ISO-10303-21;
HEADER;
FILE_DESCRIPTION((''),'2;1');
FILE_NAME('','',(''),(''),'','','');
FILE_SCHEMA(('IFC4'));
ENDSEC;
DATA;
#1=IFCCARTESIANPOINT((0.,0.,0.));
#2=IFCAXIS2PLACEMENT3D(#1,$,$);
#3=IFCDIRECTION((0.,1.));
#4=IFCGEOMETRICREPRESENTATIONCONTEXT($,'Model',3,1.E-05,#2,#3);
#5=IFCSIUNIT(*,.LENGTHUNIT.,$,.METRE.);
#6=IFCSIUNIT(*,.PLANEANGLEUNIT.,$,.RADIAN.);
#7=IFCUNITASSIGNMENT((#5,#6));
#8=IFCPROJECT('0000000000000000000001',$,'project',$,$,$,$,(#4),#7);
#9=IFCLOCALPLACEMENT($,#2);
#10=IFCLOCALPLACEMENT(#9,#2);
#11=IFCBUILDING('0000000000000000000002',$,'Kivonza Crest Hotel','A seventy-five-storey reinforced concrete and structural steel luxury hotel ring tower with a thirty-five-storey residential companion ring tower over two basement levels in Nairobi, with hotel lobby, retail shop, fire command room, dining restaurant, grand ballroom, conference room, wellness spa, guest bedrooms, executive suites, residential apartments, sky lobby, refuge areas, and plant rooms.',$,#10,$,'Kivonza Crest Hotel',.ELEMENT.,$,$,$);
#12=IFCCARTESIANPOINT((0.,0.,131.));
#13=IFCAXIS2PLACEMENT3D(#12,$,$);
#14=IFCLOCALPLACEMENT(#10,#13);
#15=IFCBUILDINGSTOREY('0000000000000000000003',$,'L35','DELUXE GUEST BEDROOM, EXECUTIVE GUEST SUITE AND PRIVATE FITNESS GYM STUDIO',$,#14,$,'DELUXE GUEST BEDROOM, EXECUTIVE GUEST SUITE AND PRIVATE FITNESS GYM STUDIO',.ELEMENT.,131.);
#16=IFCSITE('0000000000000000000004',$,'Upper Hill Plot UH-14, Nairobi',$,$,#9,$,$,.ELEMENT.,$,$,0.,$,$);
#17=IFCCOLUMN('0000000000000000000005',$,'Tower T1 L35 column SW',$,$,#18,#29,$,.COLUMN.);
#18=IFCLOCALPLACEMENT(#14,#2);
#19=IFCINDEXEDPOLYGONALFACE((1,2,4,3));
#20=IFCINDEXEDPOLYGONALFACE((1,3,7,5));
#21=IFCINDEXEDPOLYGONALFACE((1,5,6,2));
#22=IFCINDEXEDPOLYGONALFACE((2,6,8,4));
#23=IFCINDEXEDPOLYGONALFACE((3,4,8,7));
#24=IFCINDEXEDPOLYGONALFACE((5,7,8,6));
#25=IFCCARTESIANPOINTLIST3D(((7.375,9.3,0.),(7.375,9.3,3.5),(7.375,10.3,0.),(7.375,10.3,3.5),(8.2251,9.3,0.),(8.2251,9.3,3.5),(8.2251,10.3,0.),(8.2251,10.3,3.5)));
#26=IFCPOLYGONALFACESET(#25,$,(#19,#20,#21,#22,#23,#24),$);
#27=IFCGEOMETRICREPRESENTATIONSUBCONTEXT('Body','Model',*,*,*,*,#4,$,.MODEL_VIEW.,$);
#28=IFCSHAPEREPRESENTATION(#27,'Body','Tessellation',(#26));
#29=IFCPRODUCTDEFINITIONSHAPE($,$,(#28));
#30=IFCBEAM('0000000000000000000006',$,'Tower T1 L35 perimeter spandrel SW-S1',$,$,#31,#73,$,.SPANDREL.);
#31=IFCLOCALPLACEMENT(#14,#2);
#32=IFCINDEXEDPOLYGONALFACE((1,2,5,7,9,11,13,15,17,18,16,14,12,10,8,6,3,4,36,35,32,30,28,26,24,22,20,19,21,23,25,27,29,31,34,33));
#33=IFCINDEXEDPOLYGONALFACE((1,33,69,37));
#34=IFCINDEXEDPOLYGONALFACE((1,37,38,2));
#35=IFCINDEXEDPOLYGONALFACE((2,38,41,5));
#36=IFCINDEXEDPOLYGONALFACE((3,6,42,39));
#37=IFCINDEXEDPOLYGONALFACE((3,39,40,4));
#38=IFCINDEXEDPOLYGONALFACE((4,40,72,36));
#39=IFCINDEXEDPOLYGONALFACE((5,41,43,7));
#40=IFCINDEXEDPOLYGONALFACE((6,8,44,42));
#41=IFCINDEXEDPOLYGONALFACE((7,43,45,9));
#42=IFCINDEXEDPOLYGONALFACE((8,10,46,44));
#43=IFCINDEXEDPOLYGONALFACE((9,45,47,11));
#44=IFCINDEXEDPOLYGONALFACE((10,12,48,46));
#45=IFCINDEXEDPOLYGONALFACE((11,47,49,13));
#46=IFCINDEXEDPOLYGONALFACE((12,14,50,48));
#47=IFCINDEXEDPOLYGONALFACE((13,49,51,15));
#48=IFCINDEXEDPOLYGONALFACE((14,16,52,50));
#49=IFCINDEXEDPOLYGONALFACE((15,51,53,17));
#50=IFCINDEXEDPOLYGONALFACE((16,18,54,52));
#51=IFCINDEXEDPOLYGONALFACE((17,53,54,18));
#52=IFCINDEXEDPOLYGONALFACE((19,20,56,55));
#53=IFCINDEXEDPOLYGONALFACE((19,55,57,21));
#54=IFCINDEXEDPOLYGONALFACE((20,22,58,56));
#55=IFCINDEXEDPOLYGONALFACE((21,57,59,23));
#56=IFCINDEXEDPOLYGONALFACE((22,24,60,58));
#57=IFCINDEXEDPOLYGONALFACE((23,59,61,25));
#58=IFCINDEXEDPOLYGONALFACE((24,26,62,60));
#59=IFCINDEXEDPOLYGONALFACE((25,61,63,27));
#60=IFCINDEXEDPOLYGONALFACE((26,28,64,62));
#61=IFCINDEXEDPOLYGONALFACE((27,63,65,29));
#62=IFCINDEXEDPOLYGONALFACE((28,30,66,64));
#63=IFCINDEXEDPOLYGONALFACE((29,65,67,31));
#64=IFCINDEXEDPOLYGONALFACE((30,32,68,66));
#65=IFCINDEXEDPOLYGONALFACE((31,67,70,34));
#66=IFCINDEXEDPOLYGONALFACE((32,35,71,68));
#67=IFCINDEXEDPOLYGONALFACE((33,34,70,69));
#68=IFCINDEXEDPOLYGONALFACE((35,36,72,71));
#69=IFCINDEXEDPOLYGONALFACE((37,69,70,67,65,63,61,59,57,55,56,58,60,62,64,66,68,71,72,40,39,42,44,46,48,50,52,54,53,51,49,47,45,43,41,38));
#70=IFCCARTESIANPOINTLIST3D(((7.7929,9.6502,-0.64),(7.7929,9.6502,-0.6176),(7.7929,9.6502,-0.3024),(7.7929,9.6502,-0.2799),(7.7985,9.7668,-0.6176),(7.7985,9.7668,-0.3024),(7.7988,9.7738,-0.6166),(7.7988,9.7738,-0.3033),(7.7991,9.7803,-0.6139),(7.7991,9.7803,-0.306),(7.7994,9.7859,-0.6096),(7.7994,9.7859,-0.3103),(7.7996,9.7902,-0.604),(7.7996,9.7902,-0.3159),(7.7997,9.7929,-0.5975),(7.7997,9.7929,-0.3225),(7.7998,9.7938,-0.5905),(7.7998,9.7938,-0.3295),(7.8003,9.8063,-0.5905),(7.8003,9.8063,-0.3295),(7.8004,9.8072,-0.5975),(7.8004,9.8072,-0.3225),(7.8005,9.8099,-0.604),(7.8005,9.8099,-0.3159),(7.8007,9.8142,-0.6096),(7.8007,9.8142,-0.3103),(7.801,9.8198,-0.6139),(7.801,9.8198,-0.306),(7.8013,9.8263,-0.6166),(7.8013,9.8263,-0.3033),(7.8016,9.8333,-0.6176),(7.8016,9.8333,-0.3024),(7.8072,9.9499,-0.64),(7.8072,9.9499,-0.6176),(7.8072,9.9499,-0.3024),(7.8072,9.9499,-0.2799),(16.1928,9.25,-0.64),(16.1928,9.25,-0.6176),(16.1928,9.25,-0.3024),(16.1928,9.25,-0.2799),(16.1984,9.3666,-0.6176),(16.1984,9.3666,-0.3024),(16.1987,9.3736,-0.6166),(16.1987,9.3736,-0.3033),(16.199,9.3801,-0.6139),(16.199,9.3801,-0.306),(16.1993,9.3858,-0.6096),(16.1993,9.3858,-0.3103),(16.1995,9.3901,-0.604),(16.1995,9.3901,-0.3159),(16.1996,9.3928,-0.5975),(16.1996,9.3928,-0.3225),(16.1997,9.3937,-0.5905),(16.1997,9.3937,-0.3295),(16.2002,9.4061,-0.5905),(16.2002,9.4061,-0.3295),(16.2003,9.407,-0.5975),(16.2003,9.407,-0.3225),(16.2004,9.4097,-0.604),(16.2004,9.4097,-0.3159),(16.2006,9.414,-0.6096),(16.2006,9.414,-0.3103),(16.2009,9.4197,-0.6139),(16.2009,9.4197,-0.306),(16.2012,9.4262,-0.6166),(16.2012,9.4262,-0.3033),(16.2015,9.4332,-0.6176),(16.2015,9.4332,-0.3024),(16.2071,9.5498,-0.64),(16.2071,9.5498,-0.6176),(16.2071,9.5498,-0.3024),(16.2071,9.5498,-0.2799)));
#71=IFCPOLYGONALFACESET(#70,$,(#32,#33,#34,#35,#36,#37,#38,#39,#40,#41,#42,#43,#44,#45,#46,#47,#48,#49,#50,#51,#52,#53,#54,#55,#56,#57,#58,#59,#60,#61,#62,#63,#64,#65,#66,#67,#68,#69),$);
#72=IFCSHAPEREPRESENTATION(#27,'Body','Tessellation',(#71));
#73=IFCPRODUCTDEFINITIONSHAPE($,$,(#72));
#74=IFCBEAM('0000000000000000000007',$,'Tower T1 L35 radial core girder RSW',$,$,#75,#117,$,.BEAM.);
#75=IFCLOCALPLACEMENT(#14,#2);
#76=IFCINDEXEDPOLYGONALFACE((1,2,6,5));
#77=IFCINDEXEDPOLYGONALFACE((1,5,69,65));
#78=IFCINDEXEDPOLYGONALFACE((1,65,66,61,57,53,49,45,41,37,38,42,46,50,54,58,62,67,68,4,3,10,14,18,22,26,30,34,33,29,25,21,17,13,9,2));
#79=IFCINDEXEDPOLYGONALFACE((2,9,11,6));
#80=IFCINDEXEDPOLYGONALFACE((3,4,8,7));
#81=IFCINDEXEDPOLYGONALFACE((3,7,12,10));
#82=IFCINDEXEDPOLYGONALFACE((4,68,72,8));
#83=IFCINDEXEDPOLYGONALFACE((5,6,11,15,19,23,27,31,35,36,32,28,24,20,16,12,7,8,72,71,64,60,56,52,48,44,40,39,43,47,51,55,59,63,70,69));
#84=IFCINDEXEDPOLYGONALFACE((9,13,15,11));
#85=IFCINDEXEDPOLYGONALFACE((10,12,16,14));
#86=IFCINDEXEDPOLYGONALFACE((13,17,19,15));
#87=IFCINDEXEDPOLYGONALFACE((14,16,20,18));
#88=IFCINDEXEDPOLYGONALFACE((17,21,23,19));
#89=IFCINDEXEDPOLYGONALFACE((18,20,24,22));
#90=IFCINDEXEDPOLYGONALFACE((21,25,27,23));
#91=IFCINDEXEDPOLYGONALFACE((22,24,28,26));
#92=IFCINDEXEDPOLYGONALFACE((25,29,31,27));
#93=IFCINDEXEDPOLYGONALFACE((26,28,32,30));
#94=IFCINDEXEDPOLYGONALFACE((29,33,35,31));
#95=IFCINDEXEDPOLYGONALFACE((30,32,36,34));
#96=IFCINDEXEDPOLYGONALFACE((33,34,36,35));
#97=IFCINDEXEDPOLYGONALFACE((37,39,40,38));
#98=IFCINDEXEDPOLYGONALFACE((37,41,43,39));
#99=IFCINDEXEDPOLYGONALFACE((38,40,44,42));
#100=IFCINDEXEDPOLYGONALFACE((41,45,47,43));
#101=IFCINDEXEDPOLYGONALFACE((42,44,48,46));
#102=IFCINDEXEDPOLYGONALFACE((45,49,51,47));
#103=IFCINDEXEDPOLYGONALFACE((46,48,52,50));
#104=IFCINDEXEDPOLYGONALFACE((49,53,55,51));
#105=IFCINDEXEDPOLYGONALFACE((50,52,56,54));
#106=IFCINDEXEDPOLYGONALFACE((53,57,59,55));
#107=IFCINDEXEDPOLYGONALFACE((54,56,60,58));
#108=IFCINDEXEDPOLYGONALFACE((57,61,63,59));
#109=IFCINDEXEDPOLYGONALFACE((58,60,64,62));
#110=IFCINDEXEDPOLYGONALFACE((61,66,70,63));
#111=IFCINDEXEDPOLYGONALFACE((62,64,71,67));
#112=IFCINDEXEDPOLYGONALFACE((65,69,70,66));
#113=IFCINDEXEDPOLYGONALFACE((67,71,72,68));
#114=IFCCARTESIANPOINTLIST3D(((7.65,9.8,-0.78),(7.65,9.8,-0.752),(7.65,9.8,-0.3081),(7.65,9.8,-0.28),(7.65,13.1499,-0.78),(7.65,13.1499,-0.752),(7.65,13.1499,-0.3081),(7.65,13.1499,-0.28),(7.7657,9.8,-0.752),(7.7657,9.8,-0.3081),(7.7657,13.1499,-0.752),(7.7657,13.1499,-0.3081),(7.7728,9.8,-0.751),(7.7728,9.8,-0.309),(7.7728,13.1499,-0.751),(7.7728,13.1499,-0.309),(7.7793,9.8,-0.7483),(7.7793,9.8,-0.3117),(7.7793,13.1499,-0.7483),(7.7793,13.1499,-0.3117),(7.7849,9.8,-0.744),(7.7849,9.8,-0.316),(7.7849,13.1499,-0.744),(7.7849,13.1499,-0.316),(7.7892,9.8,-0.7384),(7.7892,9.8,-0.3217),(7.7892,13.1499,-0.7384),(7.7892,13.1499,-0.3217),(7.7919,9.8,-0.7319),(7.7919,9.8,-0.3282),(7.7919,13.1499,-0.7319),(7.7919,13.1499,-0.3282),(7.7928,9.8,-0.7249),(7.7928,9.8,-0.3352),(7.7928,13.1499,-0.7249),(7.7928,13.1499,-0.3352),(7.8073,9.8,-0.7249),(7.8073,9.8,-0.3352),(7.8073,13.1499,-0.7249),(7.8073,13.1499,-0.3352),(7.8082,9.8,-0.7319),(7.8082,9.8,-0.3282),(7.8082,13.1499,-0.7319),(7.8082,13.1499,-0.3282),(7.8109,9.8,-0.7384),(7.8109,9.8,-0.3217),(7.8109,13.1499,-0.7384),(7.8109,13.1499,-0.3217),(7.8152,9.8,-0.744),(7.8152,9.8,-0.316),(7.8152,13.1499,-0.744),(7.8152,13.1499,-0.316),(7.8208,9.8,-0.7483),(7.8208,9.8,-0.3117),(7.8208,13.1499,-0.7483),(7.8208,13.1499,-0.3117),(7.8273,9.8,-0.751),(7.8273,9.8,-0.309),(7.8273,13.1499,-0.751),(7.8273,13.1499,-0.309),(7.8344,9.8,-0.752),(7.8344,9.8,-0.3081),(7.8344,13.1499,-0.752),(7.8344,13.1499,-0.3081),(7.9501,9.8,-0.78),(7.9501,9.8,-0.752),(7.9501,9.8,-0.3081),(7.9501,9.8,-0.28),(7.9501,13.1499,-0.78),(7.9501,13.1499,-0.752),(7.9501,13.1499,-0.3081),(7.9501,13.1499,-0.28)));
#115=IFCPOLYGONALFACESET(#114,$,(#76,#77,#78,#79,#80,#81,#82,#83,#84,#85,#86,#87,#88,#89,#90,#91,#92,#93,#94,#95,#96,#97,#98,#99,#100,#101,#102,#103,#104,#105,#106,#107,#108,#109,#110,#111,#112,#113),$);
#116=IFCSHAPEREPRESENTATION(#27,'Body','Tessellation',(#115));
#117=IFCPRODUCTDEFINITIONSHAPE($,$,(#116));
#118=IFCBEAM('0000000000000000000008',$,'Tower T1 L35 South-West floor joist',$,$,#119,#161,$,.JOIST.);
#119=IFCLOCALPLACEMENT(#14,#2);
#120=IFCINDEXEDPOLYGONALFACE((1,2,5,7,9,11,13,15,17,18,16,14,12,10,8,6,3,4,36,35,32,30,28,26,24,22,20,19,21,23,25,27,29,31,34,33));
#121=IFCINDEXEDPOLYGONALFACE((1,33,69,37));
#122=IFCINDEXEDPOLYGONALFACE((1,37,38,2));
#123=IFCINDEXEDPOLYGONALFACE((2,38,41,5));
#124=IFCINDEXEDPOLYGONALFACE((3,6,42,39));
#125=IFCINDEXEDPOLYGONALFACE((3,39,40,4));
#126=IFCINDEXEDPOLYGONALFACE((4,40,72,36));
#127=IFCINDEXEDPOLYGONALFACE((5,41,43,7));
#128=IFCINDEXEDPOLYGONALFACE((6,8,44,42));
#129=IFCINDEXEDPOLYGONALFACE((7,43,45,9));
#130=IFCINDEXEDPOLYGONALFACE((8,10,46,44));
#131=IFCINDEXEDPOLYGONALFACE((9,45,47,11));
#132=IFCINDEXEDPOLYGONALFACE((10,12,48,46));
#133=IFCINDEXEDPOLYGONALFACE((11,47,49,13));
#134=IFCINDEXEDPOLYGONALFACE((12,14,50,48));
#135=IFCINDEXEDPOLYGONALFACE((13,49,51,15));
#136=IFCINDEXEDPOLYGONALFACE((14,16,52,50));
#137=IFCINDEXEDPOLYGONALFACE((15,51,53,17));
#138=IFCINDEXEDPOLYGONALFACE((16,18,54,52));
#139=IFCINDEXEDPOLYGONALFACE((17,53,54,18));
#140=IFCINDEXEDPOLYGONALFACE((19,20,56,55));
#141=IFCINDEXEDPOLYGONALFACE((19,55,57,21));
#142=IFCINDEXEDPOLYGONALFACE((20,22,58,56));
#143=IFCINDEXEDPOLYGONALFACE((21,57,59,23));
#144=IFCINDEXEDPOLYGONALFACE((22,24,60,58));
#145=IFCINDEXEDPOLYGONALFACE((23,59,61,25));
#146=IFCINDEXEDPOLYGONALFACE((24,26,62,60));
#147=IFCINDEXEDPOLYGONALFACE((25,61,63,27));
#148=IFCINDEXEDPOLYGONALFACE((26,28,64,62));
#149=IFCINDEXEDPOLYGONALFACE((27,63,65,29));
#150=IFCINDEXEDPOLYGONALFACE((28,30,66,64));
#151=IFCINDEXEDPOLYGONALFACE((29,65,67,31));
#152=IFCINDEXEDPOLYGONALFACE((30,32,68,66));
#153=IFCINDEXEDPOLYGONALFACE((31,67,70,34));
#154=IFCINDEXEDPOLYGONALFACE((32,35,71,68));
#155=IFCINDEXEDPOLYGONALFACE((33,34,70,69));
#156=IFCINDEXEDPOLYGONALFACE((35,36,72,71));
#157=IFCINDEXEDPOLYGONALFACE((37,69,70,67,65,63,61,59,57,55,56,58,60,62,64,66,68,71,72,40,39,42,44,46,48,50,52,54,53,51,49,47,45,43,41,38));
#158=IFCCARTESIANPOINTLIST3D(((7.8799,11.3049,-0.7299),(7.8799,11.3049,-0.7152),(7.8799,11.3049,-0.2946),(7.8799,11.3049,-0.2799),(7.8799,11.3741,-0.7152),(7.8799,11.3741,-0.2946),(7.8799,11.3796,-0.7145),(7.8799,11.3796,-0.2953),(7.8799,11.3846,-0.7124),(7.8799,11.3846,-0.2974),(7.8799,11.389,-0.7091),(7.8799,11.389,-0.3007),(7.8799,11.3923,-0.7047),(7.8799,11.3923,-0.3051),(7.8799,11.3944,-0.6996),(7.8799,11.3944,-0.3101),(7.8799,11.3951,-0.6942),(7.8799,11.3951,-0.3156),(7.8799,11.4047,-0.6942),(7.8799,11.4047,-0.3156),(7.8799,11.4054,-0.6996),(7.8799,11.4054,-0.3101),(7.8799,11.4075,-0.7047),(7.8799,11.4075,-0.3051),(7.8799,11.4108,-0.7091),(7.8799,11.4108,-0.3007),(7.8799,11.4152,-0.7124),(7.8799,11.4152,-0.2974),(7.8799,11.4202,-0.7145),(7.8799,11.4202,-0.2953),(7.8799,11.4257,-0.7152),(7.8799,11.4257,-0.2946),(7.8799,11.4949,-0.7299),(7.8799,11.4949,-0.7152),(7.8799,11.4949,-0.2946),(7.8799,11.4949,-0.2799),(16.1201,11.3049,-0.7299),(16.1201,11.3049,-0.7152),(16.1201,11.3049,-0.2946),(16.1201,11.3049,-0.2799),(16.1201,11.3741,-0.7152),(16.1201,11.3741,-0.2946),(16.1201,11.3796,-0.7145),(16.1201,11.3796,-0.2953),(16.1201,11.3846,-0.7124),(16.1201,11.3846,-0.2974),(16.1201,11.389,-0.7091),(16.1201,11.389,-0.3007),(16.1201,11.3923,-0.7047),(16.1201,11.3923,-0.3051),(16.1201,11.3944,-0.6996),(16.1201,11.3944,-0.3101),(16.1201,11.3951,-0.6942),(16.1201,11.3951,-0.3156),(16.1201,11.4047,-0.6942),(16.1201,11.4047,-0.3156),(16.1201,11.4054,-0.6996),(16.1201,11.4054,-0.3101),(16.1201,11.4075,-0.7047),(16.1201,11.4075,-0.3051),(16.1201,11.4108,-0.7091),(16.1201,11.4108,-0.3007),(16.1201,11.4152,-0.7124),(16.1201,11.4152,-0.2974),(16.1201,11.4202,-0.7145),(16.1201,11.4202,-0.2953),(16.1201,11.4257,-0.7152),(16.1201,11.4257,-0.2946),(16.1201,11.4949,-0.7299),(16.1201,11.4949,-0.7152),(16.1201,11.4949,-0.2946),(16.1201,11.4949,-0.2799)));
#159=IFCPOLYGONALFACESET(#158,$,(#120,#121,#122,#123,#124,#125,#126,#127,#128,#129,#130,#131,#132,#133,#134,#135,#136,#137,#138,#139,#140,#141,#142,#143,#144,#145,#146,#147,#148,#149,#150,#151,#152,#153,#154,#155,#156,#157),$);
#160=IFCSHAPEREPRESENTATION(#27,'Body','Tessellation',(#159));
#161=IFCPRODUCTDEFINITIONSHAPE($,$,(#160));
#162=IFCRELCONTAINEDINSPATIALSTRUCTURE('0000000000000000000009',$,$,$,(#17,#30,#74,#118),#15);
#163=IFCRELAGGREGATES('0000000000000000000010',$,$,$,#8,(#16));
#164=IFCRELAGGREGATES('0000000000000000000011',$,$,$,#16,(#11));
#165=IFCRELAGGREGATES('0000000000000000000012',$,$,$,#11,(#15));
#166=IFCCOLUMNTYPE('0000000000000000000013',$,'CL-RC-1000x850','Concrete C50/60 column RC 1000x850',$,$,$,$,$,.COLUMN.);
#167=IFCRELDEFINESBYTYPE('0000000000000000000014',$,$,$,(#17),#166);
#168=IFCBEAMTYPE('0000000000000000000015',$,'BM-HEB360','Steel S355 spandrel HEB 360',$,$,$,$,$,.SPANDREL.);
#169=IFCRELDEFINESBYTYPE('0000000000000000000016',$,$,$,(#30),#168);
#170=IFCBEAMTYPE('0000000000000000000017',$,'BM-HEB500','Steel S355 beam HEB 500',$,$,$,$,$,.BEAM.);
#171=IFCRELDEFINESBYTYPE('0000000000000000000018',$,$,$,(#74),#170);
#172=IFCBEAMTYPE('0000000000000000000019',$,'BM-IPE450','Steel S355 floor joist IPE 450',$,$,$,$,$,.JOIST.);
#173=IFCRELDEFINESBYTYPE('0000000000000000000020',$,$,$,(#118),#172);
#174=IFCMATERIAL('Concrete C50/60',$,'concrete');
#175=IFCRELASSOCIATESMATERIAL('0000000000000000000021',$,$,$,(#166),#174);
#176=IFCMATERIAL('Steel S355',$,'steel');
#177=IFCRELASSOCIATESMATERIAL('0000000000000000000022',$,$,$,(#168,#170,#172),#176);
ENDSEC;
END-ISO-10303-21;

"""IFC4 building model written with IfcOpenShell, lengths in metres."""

from ifc_helpers import new_model, si_unit, direction, frame, origin, origin_2d, place, context, subcontext, project, spatial, rectangle, i_section, extrude, material, material_profile, profile_set, type_object, element, save


model = new_model("IFC4")

# Units and contexts
model_context = context("Model", 3, precision=1e-05, world=origin(), true_north=direction((0.0, 1.0)))
body_context = subcontext(model_context, "Body", "Model", "MODEL_VIEW")
ifc_project = project(units=[si_unit("LENGTHUNIT", "METRE"), si_unit("PLANEANGLEUNIT", "RADIAN")], contexts=[model_context])

# Site, building, storey
site_placement = place(None, origin())
site = spatial("IfcSite", under=ifc_project, at=site_placement, Name="Upper Hill Plot UH-14, Nairobi", CompositionType="ELEMENT", RefElevation=0.0)
building_placement = place(site_placement, origin())
building = spatial("IfcBuilding", under=site, at=building_placement, Name="Kivonza Crest Hotel", Description="A seventy-five-storey reinforced concrete and structural steel luxury hotel ring tower with a thirty-five-storey residential companion ring tower over two basement levels in Nairobi, with hotel lobby, retail shop, fire command room, dining restaurant, grand ballroom, conference room, wellness spa, guest bedrooms, executive suites, residential apartments, sky lobby, refuge areas, and plant rooms.", LongName="Kivonza Crest Hotel", CompositionType="ELEMENT")
storey_placement = place(building_placement, frame((0.0, 0.0, 131.0)))
storey = spatial("IfcBuildingStorey", under=building, at=storey_placement, Name="L35", Description="DELUXE GUEST BEDROOM, EXECUTIVE GUEST SUITE AND PRIVATE FITNESS GYM STUDIO", LongName="DELUXE GUEST BEDROOM, EXECUTIVE GUEST SUITE AND PRIVATE FITNESS GYM STUDIO", CompositionType="ELEMENT", Elevation=131.0)

# Column
ifc_material_1 = material(Name="Concrete C50/60", Category="concrete")
ifc_material_profile_1 = material_profile(ifc_material_1, rectangle(XDim=0.8501, YDim=1.0, at=origin_2d()), Name="RC 1000x850")
ifc_profile_set_1 = profile_set([ifc_material_profile_1], Name="Concrete C50/60")
column_type = type_object("IfcColumnType", Name="CL-RC-1000x850", Description="Concrete C50/60 column RC 1000x850", PredefinedType="COLUMN", material=ifc_profile_set_1)
column_placement = place(storey_placement, frame((7.8, 9.8, 0.0), z_axis=(0.0, 0.0, 1.0), x_axis=(1.0, 0.0, 0.0)))
element("IfcColumn", 1, at=column_placement, inside=storey, type_object=column_type, Name="Tower T1 L35 column SW", PredefinedType="COLUMN", context=body_context, shape_type="SweptSolid", body=[
    extrude(rectangle(XDim=0.8501, YDim=1.0, at=origin_2d()), origin(), (0.0, 0.0, 1.0), 3.5),
])

# Beams
ifc_material_2 = material(Name="Steel S355", Category="steel")
ifc_material_profile_2 = material_profile(ifc_material_2, i_section(OverallWidth=0.3, OverallDepth=0.3601, WebThickness=0.0125, FlangeThickness=0.0225, FilletRadius=0.0271, at=origin_2d()), Name="HEB 360")
ifc_profile_set_2 = profile_set([ifc_material_profile_2], Name="Steel S355")
beam_type_1 = type_object("IfcBeamType", Name="BM-HEB360", Description="Steel S355 spandrel HEB 360", PredefinedType="SPANDREL", material=ifc_profile_set_2)
beam_1_placement = place(storey_placement, frame((7.8, 9.8, -0.46), z_axis=(0.998867, -0.047583, 0.0), x_axis=(0.047583, 0.998867, 0.0)))
element("IfcBeam", 2, at=beam_1_placement, inside=storey, type_object=beam_type_1, Name="Tower T1 L35 perimeter spandrel SW-S1", PredefinedType="SPANDREL", context=body_context, shape_type="SweptSolid", body=[
    extrude(i_section(OverallWidth=0.3, OverallDepth=0.3601, WebThickness=0.0125, FlangeThickness=0.0225, FilletRadius=0.0271, at=origin_2d()), origin(), (0.0, 0.0, 1.0), 8.4094),
])
ifc_material_profile_3 = material_profile(ifc_material_2, i_section(OverallWidth=0.3, OverallDepth=0.5, WebThickness=0.0144, FlangeThickness=0.0281, FilletRadius=0.0271, at=origin_2d()), Name="HEB 500")
ifc_profile_set_3 = profile_set([ifc_material_profile_3], Name="Steel S355")
beam_type_2 = type_object("IfcBeamType", Name="BM-HEB500", Description="Steel S355 beam HEB 500", PredefinedType="BEAM", material=ifc_profile_set_3)
beam_2_placement = place(storey_placement, frame((7.8, 9.8, -0.53), z_axis=(0.0, 1.0, 0.0), x_axis=(-1.0, 0.0, 0.0)))
element("IfcBeam", 3, at=beam_2_placement, inside=storey, type_object=beam_type_2, Name="Tower T1 L35 radial core girder RSW", PredefinedType="BEAM", context=body_context, shape_type="SweptSolid", body=[
    extrude(i_section(OverallWidth=0.3, OverallDepth=0.5, WebThickness=0.0144, FlangeThickness=0.0281, FilletRadius=0.0271, at=origin_2d()), origin(), (0.0, 0.0, 1.0), 3.3499),
])
ifc_material_profile_4 = material_profile(ifc_material_2, i_section(OverallWidth=0.1899, OverallDepth=0.45, WebThickness=0.0095, FlangeThickness=0.0146, FilletRadius=0.021, at=origin_2d()), Name="IPE 450")
ifc_profile_set_4 = profile_set([ifc_material_profile_4], Name="Steel S355")
beam_type_3 = type_object("IfcBeamType", Name="BM-IPE450", Description="Steel S355 floor joist IPE 450", PredefinedType="JOIST", material=ifc_profile_set_4)
beam_3_placement = place(storey_placement, frame((7.8799, 11.3999, -0.5049), z_axis=(1.0, 0.0, 0.0), x_axis=(0.0, 1.0, 0.0)))
element("IfcBeam", 4, at=beam_3_placement, inside=storey, type_object=beam_type_3, Name="Tower T1 L35 South-West floor joist", PredefinedType="JOIST", context=body_context, shape_type="SweptSolid", body=[
    extrude(i_section(OverallWidth=0.1899, OverallDepth=0.45, WebThickness=0.0095, FlangeThickness=0.0146, FilletRadius=0.021, at=origin_2d()), origin(), (0.0, 0.0, 1.0), 8.2402),
])

save(model, "model.ifc")
